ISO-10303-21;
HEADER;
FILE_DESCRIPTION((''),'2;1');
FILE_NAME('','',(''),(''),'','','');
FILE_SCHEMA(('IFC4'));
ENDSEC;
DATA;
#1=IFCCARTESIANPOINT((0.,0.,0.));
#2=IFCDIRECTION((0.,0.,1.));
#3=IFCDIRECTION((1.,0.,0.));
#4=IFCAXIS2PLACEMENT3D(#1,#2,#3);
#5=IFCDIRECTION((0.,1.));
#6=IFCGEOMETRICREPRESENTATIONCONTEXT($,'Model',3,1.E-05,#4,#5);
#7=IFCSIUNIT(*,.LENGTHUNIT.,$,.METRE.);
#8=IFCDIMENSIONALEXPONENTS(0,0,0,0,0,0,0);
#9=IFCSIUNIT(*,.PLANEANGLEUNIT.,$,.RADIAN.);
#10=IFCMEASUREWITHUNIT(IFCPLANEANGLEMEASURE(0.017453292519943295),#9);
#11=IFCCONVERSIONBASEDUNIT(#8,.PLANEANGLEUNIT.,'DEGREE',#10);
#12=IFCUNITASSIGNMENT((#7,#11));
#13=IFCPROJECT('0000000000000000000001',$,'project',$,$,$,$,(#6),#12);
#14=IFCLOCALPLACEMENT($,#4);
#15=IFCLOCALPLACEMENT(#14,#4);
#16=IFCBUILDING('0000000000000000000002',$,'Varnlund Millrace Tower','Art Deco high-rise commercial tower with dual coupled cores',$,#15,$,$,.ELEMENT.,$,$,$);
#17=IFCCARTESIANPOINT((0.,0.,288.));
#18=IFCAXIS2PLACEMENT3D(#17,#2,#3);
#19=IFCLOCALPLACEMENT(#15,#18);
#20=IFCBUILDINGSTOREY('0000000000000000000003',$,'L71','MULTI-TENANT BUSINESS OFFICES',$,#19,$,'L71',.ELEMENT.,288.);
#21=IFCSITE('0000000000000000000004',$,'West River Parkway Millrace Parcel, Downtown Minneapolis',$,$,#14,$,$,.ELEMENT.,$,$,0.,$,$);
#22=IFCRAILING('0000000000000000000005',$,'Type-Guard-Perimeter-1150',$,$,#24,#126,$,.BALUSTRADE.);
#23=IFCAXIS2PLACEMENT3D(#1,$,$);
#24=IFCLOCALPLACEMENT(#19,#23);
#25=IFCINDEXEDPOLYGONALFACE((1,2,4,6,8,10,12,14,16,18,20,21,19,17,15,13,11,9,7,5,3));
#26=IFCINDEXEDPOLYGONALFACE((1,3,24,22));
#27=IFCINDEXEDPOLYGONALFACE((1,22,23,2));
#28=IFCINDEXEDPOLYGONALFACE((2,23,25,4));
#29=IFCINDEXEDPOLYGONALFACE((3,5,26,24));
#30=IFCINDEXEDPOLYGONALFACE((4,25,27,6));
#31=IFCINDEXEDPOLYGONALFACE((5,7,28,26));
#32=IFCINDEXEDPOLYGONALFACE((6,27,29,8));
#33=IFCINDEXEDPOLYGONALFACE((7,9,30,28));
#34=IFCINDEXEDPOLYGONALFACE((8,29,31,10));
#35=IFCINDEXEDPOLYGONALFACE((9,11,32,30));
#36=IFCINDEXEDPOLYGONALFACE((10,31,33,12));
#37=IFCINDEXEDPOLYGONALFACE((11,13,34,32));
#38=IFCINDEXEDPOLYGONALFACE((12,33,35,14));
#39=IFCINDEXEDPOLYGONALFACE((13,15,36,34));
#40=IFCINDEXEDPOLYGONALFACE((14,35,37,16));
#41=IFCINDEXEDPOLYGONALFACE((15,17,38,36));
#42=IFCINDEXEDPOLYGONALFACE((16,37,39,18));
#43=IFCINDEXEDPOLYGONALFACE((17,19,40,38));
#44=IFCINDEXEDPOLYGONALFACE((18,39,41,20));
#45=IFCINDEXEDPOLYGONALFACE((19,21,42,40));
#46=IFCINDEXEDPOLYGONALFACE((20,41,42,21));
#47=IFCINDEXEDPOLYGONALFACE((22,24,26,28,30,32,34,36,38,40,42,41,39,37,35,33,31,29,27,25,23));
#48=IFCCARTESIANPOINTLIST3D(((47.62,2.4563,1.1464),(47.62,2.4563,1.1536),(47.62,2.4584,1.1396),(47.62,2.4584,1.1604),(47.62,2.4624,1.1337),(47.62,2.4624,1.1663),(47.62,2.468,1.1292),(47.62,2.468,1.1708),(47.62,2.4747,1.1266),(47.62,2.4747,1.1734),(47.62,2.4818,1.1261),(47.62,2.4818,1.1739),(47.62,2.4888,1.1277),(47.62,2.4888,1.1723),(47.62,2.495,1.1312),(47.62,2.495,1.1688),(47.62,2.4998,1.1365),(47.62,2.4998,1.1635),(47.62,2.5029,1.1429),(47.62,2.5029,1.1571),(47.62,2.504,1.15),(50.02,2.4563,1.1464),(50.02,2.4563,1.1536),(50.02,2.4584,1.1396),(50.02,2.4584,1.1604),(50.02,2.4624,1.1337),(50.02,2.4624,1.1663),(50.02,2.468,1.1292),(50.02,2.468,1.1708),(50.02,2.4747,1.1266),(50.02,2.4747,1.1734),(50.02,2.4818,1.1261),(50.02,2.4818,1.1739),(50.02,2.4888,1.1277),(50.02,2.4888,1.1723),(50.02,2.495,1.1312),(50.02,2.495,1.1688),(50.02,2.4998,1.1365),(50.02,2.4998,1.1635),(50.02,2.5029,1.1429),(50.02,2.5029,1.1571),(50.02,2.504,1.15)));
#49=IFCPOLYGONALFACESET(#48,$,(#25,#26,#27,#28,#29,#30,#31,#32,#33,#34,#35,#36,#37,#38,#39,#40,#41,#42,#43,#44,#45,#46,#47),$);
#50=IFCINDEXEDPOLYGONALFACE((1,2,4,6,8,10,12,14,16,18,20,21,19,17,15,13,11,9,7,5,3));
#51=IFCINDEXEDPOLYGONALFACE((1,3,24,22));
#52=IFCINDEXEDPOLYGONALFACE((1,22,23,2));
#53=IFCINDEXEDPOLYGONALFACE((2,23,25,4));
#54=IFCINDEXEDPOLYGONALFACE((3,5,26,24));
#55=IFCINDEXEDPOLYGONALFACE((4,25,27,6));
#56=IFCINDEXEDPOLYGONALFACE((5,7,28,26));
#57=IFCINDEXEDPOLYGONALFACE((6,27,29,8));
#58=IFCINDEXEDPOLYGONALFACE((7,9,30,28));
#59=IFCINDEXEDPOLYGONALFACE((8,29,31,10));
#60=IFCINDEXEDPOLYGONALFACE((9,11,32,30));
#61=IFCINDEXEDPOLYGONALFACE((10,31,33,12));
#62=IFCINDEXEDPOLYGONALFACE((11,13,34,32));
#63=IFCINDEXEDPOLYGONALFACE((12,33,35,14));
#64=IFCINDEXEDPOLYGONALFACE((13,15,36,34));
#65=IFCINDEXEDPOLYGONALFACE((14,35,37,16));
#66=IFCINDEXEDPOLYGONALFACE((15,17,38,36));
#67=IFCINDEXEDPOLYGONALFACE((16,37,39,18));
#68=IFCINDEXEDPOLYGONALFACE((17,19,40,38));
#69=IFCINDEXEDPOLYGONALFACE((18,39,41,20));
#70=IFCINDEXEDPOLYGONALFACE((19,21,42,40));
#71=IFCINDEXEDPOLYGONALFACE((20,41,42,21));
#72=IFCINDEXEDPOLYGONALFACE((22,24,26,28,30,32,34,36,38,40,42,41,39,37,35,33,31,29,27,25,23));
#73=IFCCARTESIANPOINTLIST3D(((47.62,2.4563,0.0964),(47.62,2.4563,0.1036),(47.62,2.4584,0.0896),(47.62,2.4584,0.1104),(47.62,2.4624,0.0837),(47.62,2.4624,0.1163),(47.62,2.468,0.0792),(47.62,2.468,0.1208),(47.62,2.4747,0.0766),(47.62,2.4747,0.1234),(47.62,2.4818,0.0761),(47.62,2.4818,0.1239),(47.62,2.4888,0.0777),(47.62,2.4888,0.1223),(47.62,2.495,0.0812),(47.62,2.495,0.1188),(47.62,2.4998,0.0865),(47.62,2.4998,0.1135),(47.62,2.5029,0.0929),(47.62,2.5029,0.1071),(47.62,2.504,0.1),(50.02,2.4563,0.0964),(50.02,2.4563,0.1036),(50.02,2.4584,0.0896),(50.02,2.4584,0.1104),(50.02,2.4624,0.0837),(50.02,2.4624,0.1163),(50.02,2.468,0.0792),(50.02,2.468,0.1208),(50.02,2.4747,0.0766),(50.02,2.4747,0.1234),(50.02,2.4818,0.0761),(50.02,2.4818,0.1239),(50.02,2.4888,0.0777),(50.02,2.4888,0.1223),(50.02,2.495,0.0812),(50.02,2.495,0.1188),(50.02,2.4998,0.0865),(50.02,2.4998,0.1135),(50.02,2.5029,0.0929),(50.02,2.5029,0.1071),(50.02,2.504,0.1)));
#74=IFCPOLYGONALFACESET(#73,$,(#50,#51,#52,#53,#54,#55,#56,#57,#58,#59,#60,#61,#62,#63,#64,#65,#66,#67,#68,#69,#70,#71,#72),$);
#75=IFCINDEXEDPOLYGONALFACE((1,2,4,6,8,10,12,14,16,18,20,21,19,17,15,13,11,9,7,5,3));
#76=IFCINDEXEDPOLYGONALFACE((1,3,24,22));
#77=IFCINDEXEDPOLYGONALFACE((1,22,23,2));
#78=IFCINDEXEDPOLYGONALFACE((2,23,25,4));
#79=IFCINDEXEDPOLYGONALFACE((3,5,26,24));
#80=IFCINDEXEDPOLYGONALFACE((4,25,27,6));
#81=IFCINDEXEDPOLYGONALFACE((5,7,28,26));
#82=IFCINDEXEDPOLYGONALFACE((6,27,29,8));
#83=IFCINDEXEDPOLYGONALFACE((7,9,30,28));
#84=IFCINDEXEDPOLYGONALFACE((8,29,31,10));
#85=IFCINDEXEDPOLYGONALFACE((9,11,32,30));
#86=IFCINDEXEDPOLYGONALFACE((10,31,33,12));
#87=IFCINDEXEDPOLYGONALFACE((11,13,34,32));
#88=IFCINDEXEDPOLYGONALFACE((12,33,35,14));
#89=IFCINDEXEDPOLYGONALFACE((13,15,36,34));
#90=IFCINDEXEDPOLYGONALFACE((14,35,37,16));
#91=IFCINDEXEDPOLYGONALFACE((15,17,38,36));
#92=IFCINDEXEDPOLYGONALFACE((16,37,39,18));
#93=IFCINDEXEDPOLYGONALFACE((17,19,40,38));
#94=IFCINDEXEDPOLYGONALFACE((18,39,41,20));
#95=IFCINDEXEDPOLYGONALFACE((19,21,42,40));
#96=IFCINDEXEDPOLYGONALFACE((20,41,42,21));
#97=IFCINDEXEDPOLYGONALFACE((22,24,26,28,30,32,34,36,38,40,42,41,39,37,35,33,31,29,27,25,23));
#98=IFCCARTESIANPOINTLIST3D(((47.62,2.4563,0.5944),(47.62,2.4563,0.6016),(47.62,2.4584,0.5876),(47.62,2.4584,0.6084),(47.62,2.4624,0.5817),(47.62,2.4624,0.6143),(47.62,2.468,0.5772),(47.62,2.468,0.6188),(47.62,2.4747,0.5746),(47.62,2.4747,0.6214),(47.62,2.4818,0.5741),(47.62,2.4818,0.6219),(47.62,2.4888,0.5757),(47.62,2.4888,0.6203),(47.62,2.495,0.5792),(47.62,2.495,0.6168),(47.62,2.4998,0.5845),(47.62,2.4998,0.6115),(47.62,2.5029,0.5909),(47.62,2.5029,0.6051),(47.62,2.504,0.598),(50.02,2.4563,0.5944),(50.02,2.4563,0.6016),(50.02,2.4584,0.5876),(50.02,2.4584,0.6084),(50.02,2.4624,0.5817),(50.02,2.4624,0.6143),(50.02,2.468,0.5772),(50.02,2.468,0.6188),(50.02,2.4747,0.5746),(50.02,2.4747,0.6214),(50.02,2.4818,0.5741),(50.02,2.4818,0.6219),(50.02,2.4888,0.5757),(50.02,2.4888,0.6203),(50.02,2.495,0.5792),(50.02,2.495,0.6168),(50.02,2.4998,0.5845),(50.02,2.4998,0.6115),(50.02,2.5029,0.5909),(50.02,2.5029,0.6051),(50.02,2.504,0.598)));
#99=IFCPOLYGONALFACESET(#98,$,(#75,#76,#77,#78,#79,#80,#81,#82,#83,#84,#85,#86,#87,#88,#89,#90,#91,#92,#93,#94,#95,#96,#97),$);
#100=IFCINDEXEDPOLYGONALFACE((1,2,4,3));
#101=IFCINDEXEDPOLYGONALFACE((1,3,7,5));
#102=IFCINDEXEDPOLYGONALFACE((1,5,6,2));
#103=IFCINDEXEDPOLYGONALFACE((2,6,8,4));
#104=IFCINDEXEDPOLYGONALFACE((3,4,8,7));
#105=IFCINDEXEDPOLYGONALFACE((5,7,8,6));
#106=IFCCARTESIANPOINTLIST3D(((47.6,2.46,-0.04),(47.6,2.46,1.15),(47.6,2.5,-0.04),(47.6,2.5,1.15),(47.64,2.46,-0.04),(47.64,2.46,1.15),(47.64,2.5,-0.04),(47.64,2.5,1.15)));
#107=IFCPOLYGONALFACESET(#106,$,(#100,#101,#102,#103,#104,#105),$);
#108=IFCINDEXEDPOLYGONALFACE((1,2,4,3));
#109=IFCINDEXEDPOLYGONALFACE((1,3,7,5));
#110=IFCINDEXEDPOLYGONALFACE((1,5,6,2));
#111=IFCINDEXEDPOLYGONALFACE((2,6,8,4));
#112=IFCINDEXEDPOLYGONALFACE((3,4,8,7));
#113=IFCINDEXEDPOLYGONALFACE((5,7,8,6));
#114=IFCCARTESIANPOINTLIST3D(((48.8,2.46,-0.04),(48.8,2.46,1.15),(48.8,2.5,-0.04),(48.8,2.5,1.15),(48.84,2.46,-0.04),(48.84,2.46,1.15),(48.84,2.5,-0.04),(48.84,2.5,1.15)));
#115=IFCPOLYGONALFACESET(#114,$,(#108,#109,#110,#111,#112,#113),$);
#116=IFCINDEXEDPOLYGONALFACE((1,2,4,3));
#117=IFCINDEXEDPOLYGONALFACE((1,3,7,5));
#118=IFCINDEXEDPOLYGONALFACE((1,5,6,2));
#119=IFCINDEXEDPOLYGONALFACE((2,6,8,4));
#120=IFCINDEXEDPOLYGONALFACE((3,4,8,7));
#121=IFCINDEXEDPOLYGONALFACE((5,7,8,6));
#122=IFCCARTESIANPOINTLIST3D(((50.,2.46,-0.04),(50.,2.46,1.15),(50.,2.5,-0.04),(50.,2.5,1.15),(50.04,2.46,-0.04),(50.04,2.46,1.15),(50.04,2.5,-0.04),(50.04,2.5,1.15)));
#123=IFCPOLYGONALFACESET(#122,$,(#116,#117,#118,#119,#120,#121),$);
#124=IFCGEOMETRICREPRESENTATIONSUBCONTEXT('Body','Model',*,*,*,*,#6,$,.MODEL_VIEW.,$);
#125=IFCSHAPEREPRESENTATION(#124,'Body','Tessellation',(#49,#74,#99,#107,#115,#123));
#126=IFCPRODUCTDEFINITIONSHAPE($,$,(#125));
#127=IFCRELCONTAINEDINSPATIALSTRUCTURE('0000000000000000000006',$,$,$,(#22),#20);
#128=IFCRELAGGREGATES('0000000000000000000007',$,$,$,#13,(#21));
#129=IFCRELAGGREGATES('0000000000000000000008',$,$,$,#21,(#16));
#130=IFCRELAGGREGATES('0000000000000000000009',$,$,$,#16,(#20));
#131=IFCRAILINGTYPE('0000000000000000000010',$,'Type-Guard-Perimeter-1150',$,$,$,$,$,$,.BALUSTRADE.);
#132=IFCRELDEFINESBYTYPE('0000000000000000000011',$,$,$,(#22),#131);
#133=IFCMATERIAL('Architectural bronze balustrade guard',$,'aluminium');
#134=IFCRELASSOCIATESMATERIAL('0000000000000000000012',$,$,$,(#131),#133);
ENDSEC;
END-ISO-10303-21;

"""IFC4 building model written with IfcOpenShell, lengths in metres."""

from ifc_helpers import new_model, entity, si_unit, converted_unit, direction, frame, origin_with_axes, origin_2d_with_axis, place, context, subcontext, project, spatial, rectangle, circle, extrude, material, type_object, element, save


model = new_model("IFC4")

# Units and contexts
model_context = context("Model", 3, precision=1e-05, world=origin_with_axes(), true_north=direction((0.0, 1.0)))
body_context = subcontext(model_context, "Body", "Model", "MODEL_VIEW")
ifc_project = project(units=[si_unit("LENGTHUNIT", "METRE"), converted_unit("PLANEANGLEUNIT", "DEGREE", entity("IfcPlaneAngleMeasure", 0.017453292519943295), si_unit("PLANEANGLEUNIT", "RADIAN"), dimensions=[0, 0, 0, 0, 0, 0, 0])], contexts=[model_context])

# Site, building, storey
site_placement = place(None, origin_with_axes())
site = spatial("IfcSite", under=ifc_project, at=site_placement, Name="West River Parkway Millrace Parcel, Downtown Minneapolis", CompositionType="ELEMENT", RefElevation=0.0)
building_placement = place(site_placement, origin_with_axes())
building = spatial("IfcBuilding", under=site, at=building_placement, Name="Varnlund Millrace Tower", Description="Art Deco high-rise commercial tower with dual coupled cores", CompositionType="ELEMENT")
storey_placement = place(building_placement, frame((0.0, 0.0, 288.0), z_axis=(0.0, 0.0, 1.0), x_axis=(1.0, 0.0, 0.0)))
storey = spatial("IfcBuildingStorey", under=building, at=storey_placement, Name="L71", Description="MULTI-TENANT BUSINESS OFFICES", LongName="L71", CompositionType="ELEMENT", Elevation=288.0)

# Railing
ifc_material_1 = material(Name="Architectural bronze balustrade guard", Category="aluminium")
railing_type_1 = type_object("IfcRailingType", Name="Type-Guard-Perimeter-1150", PredefinedType="BALUSTRADE", material=ifc_material_1)
railing_1_placement = place(storey_placement, frame((0.0, 0.0, -288.0), z_axis=(0.0, 0.0, 1.0), x_axis=(1.0, 0.0, 0.0)))
element("IfcRailing", 1, at=railing_1_placement, inside=storey, type_object=railing_type_1, Name="Type-Guard-Perimeter-1150", PredefinedType="BALUSTRADE", context=body_context, shape_type="SweptSolid", body=[
    extrude(circle(Radius=0.024, at=origin_2d_with_axis()), frame((47.62, 2.48, 289.15), z_axis=(1.0, 0.0, 0.0), x_axis=(0.0, 1.0, 0.0)), (0.0, 0.0, 1.0), 2.4),
    extrude(circle(Radius=0.024, at=origin_2d_with_axis()), frame((47.62, 2.48, 288.1), z_axis=(1.0, 0.0, 0.0), x_axis=(0.0, 1.0, 0.0)), (0.0, 0.0, 1.0), 2.4),
    extrude(circle(Radius=0.024, at=origin_2d_with_axis()), frame((47.62, 2.48, 288.598), z_axis=(1.0, 0.0, 0.0), x_axis=(0.0, 1.0, 0.0)), (0.0, 0.0, 1.0), 2.4),
    extrude(rectangle(XDim=0.04, YDim=0.04, at=origin_2d_with_axis()), frame((47.62, 2.48, 287.96), z_axis=(0.0, 0.0, 1.0), x_axis=(1.0, 0.0, 0.0)), (0.0, 0.0, 1.0), 1.19),
    extrude(rectangle(XDim=0.04, YDim=0.04, at=origin_2d_with_axis()), frame((48.82, 2.48, 287.96), z_axis=(0.0, 0.0, 1.0), x_axis=(1.0, 0.0, 0.0)), (0.0, 0.0, 1.0), 1.19),
    extrude(rectangle(XDim=0.04, YDim=0.04, at=origin_2d_with_axis()), frame((50.02, 2.48, 287.96), z_axis=(0.0, 0.0, 1.0), x_axis=(1.0, 0.0, 0.0)), (0.0, 0.0, 1.0), 1.19),
])

save(model, "model.ifc")
